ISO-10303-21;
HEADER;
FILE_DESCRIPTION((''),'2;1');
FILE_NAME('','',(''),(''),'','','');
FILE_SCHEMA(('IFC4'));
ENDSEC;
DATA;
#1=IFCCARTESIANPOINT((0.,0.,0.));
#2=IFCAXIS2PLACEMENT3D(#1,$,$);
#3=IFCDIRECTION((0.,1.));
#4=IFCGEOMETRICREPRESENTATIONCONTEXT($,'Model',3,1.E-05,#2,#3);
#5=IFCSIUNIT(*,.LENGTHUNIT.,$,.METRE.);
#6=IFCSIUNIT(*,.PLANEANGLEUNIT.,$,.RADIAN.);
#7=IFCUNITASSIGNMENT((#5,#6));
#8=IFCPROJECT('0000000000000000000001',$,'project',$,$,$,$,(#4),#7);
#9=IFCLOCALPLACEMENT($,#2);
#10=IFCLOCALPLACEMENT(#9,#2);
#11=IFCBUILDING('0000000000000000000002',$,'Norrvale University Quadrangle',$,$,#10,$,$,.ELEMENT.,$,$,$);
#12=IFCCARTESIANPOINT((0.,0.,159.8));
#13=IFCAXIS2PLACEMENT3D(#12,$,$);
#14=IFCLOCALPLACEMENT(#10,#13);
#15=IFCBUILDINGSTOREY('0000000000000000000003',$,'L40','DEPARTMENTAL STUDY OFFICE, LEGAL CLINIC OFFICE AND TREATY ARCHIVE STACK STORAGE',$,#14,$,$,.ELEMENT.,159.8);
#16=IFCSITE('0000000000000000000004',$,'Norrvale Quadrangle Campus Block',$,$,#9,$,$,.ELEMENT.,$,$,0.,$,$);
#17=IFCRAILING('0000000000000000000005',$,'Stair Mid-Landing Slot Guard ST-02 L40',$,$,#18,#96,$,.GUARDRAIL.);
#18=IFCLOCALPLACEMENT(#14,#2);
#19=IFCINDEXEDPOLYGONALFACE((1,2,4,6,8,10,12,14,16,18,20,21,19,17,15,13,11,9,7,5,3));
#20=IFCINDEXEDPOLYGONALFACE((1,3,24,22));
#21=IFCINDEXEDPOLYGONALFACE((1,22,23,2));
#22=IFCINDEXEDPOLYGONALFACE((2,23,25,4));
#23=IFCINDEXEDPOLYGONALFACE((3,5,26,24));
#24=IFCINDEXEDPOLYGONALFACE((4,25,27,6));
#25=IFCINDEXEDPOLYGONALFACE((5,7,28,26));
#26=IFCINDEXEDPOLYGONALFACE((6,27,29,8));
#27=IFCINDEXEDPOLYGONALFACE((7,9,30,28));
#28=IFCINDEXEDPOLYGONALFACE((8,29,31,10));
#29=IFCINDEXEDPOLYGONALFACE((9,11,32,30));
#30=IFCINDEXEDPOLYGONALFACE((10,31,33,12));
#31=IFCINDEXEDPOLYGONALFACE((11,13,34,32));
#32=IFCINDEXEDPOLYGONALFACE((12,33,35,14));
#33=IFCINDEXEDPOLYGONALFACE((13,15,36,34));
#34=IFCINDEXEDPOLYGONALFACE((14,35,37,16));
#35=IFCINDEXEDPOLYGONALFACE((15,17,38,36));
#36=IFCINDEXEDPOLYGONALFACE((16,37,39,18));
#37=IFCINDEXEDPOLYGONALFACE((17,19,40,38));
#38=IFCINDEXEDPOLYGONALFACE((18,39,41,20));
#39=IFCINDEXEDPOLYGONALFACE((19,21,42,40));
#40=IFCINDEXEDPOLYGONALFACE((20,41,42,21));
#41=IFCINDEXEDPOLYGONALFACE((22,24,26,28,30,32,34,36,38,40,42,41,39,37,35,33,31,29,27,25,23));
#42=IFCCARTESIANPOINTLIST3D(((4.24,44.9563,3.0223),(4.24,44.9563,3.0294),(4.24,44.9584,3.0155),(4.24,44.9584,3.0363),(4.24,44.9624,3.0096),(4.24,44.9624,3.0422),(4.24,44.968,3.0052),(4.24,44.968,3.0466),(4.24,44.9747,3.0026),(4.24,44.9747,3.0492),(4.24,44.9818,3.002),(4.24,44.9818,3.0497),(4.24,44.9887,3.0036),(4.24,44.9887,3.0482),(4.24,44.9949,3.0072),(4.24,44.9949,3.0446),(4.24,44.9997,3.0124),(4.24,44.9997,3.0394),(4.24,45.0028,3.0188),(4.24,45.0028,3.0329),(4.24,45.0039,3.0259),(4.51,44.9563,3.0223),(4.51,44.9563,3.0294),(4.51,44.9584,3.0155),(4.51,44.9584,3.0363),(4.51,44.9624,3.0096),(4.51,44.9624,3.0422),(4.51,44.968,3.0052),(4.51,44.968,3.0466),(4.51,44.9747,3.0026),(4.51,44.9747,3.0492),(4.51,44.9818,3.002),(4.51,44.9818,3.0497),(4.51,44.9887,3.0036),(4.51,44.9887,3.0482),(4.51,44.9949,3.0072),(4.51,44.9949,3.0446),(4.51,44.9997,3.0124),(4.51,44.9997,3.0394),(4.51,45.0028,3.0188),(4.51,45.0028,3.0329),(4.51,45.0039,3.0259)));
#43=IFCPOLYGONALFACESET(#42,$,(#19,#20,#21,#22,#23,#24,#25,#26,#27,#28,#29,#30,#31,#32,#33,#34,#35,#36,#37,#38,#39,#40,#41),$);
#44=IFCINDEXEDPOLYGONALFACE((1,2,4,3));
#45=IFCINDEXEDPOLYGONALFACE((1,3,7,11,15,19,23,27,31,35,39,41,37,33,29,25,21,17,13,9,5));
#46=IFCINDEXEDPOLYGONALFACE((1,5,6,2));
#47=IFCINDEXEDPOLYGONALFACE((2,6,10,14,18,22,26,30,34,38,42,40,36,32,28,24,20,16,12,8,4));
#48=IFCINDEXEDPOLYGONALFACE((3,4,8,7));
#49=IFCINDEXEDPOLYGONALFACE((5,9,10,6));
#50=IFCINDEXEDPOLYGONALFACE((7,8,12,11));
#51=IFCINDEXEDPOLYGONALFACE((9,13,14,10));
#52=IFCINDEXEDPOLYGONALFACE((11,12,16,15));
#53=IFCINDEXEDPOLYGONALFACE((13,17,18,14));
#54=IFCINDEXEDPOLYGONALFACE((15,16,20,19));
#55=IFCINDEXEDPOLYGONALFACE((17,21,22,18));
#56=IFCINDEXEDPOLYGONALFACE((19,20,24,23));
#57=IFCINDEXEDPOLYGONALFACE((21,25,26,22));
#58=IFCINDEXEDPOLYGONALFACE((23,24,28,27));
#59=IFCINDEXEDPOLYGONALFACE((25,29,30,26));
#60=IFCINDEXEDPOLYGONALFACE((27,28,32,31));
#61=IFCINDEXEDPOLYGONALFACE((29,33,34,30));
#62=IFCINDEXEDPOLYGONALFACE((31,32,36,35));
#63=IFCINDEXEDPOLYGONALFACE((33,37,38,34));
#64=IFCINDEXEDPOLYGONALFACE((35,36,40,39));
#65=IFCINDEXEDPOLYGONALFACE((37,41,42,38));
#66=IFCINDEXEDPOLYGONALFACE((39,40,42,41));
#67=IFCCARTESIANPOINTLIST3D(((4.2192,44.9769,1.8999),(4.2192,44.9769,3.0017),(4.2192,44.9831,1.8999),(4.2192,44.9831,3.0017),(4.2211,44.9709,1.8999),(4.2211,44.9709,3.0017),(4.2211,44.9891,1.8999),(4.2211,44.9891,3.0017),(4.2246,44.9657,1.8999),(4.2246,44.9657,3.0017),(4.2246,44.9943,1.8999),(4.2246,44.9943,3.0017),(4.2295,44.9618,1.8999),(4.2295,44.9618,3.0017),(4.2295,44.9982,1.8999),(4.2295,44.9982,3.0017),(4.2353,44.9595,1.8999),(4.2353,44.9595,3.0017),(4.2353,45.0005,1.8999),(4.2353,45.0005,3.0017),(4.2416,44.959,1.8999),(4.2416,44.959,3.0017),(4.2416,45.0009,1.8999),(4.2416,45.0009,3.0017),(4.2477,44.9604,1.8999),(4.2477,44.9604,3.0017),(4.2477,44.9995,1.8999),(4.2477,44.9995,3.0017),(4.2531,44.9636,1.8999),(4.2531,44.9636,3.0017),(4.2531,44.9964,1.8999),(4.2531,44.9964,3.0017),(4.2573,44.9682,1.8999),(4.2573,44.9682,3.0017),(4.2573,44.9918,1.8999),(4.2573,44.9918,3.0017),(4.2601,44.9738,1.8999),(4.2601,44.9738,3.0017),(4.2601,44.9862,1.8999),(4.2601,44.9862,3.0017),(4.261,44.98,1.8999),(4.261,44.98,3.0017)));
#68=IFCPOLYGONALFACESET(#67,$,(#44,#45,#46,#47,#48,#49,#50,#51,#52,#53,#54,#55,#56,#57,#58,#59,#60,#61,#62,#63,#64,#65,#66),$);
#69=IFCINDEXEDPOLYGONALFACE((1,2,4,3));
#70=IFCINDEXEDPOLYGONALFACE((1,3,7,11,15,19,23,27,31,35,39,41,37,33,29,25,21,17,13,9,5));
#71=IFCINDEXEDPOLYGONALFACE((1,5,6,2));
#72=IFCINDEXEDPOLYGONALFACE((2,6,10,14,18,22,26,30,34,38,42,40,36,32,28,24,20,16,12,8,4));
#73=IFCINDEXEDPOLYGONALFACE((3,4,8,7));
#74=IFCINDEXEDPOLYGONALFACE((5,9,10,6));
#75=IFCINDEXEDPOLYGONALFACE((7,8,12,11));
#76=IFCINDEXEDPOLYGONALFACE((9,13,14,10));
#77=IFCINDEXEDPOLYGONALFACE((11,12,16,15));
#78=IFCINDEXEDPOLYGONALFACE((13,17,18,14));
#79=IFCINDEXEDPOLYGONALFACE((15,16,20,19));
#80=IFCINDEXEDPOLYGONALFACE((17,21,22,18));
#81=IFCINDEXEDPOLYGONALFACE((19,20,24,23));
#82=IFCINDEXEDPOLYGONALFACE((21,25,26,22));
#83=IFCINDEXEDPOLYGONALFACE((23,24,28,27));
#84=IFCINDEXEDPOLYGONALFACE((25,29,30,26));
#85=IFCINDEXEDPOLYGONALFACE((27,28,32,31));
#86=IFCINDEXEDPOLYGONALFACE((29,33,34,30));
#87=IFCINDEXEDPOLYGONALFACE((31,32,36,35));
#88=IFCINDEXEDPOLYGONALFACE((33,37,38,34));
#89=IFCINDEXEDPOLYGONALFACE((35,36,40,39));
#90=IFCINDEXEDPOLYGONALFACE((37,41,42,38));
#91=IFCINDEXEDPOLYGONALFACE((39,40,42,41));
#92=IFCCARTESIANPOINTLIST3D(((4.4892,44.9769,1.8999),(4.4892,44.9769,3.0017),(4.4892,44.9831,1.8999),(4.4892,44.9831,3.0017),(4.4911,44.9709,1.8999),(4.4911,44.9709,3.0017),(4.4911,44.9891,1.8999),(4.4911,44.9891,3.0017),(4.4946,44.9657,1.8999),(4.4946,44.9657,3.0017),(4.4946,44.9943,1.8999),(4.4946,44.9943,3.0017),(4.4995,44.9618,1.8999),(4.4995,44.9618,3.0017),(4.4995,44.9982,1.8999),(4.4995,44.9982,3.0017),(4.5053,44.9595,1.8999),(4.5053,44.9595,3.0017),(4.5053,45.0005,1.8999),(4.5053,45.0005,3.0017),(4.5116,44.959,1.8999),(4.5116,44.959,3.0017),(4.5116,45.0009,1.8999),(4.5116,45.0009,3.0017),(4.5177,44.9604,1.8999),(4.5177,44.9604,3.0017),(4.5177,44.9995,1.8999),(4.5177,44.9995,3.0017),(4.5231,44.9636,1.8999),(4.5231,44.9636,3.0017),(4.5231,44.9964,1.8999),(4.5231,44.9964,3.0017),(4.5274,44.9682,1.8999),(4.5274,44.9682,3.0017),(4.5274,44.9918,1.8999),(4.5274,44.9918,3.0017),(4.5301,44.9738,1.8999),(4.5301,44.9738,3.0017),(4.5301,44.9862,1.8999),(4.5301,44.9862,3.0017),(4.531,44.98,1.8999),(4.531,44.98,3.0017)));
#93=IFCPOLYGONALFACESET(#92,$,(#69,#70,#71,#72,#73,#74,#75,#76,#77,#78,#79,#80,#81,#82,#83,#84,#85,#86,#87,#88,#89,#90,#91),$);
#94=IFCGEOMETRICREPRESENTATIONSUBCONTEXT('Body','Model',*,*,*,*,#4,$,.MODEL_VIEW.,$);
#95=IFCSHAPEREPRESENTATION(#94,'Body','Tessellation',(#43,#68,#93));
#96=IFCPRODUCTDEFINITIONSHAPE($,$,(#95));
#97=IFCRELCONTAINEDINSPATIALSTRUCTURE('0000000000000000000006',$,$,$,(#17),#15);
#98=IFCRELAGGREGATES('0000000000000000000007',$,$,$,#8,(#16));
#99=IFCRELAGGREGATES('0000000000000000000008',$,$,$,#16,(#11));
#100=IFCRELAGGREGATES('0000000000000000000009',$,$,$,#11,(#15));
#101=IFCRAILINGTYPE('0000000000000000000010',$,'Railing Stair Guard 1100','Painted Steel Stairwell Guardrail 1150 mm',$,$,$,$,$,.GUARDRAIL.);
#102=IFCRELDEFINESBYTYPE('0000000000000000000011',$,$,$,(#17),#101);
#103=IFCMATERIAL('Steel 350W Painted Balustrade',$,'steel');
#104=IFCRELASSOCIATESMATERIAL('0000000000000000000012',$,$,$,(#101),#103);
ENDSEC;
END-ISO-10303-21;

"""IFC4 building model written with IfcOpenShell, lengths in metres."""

from ifc_helpers import new_model, si_unit, direction, frame, origin, origin_2d, place, context, subcontext, project, spatial, circle, extrude, material, type_object, element, save


model = new_model("IFC4")

# Units and contexts
model_context = context("Model", 3, precision=1e-05, world=origin(), true_north=direction((0.0, 1.0)))
body_context = subcontext(model_context, "Body", "Model", "MODEL_VIEW")
ifc_project = project(units=[si_unit("LENGTHUNIT", "METRE"), si_unit("PLANEANGLEUNIT", "RADIAN")], contexts=[model_context])

# Site, building, storey
site_placement = place(None, origin())
site = spatial("IfcSite", under=ifc_project, at=site_placement, Name="Norrvale Quadrangle Campus Block", CompositionType="ELEMENT", RefElevation=0.0)
building_placement = place(site_placement, origin())
building = spatial("IfcBuilding", under=site, at=building_placement, Name="Norrvale University Quadrangle", CompositionType="ELEMENT")
storey_placement = place(building_placement, frame((0.0, 0.0, 159.8)))
storey = spatial("IfcBuildingStorey", under=building, at=storey_placement, Name="L40", Description="DEPARTMENTAL STUDY OFFICE, LEGAL CLINIC OFFICE AND TREATY ARCHIVE STACK STORAGE", CompositionType="ELEMENT", Elevation=159.8)

# Railing
ifc_material_1 = material(Name="Steel 350W Painted Balustrade", Category="steel")
railing_type_1 = type_object("IfcRailingType", Name="Railing Stair Guard 1100", Description="Painted Steel Stairwell Guardrail 1150 mm", PredefinedType="GUARDRAIL", material=ifc_material_1)
for number, where, name in (
    (1, (4.24, 44.98, 1.8999), "Stair Mid-Landing Slot Guard ST-02 L40"),
):
    element("IfcRailing", number, at=place(storey_placement, frame(where)), inside=storey, type_object=railing_type_1, Name=name, PredefinedType="GUARDRAIL", context=body_context, shape_type="SweptSolid", body=[
        extrude(circle(Radius=0.0239, at=origin_2d()), frame((0.0, 0.0, 1.126), z_axis=(1.0, 0.0, 0.0), x_axis=(0.0, 1.0, 0.0)), (0.0, 0.0, 1.0), 0.27),
        extrude(circle(Radius=0.021, at=origin_2d()), origin(), (0.0, 0.0, 1.0), 1.1018),
        extrude(circle(Radius=0.021, at=origin_2d()), frame((0.27, 0.0, 0.0)), (0.0, 0.0, 1.0), 1.1018),
    ])

save(model, "model.ifc")
